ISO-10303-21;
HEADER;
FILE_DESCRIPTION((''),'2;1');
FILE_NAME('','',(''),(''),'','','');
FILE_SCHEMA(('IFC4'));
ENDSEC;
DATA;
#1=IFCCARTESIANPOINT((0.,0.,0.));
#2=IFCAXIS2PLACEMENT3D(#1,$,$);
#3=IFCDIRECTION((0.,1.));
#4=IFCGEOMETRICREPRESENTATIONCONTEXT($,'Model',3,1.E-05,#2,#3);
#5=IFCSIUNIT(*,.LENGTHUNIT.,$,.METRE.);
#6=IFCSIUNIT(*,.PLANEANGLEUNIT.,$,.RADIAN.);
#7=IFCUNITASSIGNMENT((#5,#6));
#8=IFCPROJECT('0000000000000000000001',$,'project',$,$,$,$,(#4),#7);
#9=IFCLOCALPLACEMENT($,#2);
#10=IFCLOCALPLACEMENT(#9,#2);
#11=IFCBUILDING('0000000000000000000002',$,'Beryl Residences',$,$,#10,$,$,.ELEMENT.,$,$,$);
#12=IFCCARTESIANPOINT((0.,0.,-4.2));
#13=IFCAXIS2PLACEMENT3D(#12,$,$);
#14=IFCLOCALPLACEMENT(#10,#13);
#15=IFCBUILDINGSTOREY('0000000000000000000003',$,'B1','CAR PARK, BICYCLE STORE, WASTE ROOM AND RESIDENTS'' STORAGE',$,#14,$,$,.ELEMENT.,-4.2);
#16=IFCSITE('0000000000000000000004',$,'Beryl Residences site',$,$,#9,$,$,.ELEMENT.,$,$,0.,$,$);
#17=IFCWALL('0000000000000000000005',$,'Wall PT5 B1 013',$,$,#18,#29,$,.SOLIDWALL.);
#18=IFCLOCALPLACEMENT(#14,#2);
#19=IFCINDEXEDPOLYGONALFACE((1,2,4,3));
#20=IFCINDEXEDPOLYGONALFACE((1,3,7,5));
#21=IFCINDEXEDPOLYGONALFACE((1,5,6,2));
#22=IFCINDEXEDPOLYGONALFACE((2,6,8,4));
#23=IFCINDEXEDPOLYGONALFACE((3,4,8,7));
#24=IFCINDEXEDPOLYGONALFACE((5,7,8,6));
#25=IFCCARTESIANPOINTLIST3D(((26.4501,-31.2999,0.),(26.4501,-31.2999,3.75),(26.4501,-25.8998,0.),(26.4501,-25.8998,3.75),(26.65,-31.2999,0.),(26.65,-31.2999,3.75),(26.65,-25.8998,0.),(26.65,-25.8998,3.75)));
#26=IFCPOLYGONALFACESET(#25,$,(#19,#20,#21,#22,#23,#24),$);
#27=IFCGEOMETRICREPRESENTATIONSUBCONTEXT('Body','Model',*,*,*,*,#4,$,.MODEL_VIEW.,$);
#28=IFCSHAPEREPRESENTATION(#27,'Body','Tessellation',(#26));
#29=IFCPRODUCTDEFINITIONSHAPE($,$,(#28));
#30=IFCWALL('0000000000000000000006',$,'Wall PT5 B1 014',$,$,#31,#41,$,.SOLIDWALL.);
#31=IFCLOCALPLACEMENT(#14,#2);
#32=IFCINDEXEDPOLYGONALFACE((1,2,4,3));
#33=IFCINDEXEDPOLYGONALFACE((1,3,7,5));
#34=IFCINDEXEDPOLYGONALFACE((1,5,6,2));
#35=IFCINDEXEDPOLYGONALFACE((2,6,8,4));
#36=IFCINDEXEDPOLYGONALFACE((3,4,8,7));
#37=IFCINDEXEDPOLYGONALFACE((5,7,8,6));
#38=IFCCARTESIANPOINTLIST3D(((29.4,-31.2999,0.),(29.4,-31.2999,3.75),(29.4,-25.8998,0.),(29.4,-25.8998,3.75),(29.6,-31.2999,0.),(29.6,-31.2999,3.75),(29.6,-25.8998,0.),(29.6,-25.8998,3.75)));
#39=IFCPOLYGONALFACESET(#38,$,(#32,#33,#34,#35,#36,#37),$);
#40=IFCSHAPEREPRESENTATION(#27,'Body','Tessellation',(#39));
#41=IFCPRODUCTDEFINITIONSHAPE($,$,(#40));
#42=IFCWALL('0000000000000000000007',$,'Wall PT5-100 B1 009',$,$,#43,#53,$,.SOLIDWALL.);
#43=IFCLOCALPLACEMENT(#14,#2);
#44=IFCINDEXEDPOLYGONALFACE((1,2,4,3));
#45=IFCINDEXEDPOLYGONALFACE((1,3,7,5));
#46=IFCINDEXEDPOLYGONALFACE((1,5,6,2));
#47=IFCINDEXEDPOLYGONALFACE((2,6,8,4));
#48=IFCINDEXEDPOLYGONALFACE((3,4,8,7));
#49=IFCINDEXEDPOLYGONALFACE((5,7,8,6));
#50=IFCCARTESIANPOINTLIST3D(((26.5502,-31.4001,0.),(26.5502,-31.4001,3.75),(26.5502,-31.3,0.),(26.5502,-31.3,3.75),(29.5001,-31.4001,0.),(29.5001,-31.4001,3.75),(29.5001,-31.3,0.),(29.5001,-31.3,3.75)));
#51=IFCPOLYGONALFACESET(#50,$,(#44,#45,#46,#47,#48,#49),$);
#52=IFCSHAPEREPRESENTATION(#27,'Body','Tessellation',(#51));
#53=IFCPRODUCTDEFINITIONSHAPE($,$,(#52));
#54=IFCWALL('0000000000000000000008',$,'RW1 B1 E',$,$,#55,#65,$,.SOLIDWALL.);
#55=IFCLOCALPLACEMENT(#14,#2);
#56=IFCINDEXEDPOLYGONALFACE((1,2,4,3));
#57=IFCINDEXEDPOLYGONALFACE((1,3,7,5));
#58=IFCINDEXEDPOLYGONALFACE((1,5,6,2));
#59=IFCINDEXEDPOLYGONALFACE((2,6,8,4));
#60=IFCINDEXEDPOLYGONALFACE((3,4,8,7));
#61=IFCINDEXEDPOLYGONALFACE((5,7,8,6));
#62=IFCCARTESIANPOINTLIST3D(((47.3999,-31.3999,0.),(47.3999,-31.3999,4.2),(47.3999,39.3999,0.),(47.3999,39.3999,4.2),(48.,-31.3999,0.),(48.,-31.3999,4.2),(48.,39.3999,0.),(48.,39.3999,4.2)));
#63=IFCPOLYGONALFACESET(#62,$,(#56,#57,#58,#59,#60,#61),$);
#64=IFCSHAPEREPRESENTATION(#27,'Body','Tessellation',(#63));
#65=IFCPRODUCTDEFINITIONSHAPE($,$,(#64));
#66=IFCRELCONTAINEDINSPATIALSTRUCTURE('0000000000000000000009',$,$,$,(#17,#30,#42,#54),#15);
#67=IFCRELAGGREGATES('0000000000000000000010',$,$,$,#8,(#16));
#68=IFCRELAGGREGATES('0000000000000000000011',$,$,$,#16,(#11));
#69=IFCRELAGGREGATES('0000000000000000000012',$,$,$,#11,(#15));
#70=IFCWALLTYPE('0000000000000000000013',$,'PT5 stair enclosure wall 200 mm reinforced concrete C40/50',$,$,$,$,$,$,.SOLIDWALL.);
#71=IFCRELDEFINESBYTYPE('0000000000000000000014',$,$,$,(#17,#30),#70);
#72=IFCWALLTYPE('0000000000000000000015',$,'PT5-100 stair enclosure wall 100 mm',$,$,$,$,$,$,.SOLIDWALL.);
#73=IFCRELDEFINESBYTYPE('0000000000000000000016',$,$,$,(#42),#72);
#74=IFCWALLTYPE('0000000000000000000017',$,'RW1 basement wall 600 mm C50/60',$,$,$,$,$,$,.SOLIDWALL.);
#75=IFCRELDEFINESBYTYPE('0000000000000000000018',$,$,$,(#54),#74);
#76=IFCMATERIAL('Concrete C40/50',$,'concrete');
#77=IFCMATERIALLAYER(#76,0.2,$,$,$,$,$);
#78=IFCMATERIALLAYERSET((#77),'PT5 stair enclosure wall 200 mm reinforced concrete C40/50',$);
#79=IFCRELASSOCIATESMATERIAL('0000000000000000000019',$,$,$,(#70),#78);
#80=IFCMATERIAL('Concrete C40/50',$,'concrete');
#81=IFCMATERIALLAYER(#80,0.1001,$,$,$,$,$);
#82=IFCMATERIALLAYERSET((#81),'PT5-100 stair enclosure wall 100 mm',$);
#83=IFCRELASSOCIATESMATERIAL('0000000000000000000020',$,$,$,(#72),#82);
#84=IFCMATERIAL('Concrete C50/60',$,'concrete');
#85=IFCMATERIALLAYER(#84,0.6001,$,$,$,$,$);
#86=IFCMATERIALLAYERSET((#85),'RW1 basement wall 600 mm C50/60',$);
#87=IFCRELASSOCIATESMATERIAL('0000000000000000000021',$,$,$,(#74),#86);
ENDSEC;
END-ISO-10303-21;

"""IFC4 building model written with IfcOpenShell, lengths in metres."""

from ifc_helpers import new_model, si_unit, direction, frame, frame_2d, origin, place, context, subcontext, project, spatial, rectangle, extrude, material, layer, layer_set, type_object, element, save


model = new_model("IFC4")

# Units and contexts
model_context = context("Model", 3, precision=1e-05, world=origin(), true_north=direction((0.0, 1.0)))
body_context = subcontext(model_context, "Body", "Model", "MODEL_VIEW")
ifc_project = project(units=[si_unit("LENGTHUNIT", "METRE"), si_unit("PLANEANGLEUNIT", "RADIAN")], contexts=[model_context])

# Site, building, storey
site_placement = place(None, origin())
site = spatial("IfcSite", under=ifc_project, at=site_placement, Name="Beryl Residences site", CompositionType="ELEMENT", RefElevation=0.0)
building_placement = place(site_placement, origin())
building = spatial("IfcBuilding", under=site, at=building_placement, Name="Beryl Residences", CompositionType="ELEMENT")
storey_placement = place(building_placement, frame((0.0, 0.0, -4.2)))
storey = spatial("IfcBuildingStorey", under=building, at=storey_placement, Name="B1", Description="CAR PARK, BICYCLE STORE, WASTE ROOM AND RESIDENTS' STORAGE", CompositionType="ELEMENT", Elevation=-4.2)

# Shared definitions
ifc_material_1 = material(Name="Concrete C40/50", Category="concrete")
ifc_layer_1 = layer(ifc_material_1, 0.2)
ifc_layer_set_1 = layer_set([ifc_layer_1], Name="PT5 stair enclosure wall 200 mm reinforced concrete C40/50")
wall_type_1 = type_object("IfcWallType", Name="PT5 stair enclosure wall 200 mm reinforced concrete C40/50", PredefinedType="SOLIDWALL", material=ifc_layer_set_1)

# Walls
for number, where, z_axis, x_axis, name in (
    (1, (26.55, -31.3, 0.0), (0.0, 0.0, 1.0), (0.0, 1.0, 0.0), "Wall PT5 B1 013"),
    (2, (29.5, -31.3, 0.0), (0.0, 0.0, 1.0), (0.0, 1.0, 0.0), "Wall PT5 B1 014"),
):
    element("IfcWall", number, at=place(storey_placement, frame(where, z_axis=z_axis, x_axis=x_axis)), inside=storey, type_object=wall_type_1, Name=name, PredefinedType="SOLIDWALL", context=body_context, shape_type="SweptSolid", body=[
        extrude(rectangle(XDim=5.4001, YDim=0.2, at=frame_2d((2.7002, 0.0))), origin(), (0.0, 0.0, 1.0), 3.75),
    ])
ifc_material_2 = material(Name="Concrete C40/50", Category="concrete")
ifc_layer_2 = layer(ifc_material_2, 0.1001)
ifc_layer_set_2 = layer_set([ifc_layer_2], Name="PT5-100 stair enclosure wall 100 mm")
wall_type_2 = type_object("IfcWallType", Name="PT5-100 stair enclosure wall 100 mm", PredefinedType="SOLIDWALL", material=ifc_layer_set_2)
wall_1_placement = place(storey_placement, frame((26.55, -31.3501, 0.0), z_axis=(0.0, 0.0, 1.0), x_axis=(1.0, 0.0, 0.0)))
element("IfcWall", 3, at=wall_1_placement, inside=storey, type_object=wall_type_2, Name="Wall PT5-100 B1 009", PredefinedType="SOLIDWALL", context=body_context, shape_type="SweptSolid", body=[
    extrude(rectangle(XDim=2.95, YDim=0.1001, at=frame_2d((1.4751, 0.0))), origin(), (0.0, 0.0, 1.0), 3.75),
])
ifc_material_3 = material(Name="Concrete C50/60", Category="concrete")
ifc_layer_3 = layer(ifc_material_3, 0.6001)
ifc_layer_set_3 = layer_set([ifc_layer_3], Name="RW1 basement wall 600 mm C50/60")
wall_type_3 = type_object("IfcWallType", Name="RW1 basement wall 600 mm C50/60", PredefinedType="SOLIDWALL", material=ifc_layer_set_3)
wall_2_placement = place(storey_placement, frame((47.7, -31.3999, 0.0), z_axis=(0.0, 0.0, 1.0), x_axis=(0.0, 1.0, 0.0)))
element("IfcWall", 4, at=wall_2_placement, inside=storey, type_object=wall_type_3, Name="RW1 B1 E", PredefinedType="SOLIDWALL", context=body_context, shape_type="SweptSolid", body=[
    extrude(rectangle(XDim=70.7998, YDim=0.6001, at=frame_2d((35.3999, 0.0))), origin(), (0.0, 0.0, 1.0), 4.2),
])

save(model, "model.ifc")
